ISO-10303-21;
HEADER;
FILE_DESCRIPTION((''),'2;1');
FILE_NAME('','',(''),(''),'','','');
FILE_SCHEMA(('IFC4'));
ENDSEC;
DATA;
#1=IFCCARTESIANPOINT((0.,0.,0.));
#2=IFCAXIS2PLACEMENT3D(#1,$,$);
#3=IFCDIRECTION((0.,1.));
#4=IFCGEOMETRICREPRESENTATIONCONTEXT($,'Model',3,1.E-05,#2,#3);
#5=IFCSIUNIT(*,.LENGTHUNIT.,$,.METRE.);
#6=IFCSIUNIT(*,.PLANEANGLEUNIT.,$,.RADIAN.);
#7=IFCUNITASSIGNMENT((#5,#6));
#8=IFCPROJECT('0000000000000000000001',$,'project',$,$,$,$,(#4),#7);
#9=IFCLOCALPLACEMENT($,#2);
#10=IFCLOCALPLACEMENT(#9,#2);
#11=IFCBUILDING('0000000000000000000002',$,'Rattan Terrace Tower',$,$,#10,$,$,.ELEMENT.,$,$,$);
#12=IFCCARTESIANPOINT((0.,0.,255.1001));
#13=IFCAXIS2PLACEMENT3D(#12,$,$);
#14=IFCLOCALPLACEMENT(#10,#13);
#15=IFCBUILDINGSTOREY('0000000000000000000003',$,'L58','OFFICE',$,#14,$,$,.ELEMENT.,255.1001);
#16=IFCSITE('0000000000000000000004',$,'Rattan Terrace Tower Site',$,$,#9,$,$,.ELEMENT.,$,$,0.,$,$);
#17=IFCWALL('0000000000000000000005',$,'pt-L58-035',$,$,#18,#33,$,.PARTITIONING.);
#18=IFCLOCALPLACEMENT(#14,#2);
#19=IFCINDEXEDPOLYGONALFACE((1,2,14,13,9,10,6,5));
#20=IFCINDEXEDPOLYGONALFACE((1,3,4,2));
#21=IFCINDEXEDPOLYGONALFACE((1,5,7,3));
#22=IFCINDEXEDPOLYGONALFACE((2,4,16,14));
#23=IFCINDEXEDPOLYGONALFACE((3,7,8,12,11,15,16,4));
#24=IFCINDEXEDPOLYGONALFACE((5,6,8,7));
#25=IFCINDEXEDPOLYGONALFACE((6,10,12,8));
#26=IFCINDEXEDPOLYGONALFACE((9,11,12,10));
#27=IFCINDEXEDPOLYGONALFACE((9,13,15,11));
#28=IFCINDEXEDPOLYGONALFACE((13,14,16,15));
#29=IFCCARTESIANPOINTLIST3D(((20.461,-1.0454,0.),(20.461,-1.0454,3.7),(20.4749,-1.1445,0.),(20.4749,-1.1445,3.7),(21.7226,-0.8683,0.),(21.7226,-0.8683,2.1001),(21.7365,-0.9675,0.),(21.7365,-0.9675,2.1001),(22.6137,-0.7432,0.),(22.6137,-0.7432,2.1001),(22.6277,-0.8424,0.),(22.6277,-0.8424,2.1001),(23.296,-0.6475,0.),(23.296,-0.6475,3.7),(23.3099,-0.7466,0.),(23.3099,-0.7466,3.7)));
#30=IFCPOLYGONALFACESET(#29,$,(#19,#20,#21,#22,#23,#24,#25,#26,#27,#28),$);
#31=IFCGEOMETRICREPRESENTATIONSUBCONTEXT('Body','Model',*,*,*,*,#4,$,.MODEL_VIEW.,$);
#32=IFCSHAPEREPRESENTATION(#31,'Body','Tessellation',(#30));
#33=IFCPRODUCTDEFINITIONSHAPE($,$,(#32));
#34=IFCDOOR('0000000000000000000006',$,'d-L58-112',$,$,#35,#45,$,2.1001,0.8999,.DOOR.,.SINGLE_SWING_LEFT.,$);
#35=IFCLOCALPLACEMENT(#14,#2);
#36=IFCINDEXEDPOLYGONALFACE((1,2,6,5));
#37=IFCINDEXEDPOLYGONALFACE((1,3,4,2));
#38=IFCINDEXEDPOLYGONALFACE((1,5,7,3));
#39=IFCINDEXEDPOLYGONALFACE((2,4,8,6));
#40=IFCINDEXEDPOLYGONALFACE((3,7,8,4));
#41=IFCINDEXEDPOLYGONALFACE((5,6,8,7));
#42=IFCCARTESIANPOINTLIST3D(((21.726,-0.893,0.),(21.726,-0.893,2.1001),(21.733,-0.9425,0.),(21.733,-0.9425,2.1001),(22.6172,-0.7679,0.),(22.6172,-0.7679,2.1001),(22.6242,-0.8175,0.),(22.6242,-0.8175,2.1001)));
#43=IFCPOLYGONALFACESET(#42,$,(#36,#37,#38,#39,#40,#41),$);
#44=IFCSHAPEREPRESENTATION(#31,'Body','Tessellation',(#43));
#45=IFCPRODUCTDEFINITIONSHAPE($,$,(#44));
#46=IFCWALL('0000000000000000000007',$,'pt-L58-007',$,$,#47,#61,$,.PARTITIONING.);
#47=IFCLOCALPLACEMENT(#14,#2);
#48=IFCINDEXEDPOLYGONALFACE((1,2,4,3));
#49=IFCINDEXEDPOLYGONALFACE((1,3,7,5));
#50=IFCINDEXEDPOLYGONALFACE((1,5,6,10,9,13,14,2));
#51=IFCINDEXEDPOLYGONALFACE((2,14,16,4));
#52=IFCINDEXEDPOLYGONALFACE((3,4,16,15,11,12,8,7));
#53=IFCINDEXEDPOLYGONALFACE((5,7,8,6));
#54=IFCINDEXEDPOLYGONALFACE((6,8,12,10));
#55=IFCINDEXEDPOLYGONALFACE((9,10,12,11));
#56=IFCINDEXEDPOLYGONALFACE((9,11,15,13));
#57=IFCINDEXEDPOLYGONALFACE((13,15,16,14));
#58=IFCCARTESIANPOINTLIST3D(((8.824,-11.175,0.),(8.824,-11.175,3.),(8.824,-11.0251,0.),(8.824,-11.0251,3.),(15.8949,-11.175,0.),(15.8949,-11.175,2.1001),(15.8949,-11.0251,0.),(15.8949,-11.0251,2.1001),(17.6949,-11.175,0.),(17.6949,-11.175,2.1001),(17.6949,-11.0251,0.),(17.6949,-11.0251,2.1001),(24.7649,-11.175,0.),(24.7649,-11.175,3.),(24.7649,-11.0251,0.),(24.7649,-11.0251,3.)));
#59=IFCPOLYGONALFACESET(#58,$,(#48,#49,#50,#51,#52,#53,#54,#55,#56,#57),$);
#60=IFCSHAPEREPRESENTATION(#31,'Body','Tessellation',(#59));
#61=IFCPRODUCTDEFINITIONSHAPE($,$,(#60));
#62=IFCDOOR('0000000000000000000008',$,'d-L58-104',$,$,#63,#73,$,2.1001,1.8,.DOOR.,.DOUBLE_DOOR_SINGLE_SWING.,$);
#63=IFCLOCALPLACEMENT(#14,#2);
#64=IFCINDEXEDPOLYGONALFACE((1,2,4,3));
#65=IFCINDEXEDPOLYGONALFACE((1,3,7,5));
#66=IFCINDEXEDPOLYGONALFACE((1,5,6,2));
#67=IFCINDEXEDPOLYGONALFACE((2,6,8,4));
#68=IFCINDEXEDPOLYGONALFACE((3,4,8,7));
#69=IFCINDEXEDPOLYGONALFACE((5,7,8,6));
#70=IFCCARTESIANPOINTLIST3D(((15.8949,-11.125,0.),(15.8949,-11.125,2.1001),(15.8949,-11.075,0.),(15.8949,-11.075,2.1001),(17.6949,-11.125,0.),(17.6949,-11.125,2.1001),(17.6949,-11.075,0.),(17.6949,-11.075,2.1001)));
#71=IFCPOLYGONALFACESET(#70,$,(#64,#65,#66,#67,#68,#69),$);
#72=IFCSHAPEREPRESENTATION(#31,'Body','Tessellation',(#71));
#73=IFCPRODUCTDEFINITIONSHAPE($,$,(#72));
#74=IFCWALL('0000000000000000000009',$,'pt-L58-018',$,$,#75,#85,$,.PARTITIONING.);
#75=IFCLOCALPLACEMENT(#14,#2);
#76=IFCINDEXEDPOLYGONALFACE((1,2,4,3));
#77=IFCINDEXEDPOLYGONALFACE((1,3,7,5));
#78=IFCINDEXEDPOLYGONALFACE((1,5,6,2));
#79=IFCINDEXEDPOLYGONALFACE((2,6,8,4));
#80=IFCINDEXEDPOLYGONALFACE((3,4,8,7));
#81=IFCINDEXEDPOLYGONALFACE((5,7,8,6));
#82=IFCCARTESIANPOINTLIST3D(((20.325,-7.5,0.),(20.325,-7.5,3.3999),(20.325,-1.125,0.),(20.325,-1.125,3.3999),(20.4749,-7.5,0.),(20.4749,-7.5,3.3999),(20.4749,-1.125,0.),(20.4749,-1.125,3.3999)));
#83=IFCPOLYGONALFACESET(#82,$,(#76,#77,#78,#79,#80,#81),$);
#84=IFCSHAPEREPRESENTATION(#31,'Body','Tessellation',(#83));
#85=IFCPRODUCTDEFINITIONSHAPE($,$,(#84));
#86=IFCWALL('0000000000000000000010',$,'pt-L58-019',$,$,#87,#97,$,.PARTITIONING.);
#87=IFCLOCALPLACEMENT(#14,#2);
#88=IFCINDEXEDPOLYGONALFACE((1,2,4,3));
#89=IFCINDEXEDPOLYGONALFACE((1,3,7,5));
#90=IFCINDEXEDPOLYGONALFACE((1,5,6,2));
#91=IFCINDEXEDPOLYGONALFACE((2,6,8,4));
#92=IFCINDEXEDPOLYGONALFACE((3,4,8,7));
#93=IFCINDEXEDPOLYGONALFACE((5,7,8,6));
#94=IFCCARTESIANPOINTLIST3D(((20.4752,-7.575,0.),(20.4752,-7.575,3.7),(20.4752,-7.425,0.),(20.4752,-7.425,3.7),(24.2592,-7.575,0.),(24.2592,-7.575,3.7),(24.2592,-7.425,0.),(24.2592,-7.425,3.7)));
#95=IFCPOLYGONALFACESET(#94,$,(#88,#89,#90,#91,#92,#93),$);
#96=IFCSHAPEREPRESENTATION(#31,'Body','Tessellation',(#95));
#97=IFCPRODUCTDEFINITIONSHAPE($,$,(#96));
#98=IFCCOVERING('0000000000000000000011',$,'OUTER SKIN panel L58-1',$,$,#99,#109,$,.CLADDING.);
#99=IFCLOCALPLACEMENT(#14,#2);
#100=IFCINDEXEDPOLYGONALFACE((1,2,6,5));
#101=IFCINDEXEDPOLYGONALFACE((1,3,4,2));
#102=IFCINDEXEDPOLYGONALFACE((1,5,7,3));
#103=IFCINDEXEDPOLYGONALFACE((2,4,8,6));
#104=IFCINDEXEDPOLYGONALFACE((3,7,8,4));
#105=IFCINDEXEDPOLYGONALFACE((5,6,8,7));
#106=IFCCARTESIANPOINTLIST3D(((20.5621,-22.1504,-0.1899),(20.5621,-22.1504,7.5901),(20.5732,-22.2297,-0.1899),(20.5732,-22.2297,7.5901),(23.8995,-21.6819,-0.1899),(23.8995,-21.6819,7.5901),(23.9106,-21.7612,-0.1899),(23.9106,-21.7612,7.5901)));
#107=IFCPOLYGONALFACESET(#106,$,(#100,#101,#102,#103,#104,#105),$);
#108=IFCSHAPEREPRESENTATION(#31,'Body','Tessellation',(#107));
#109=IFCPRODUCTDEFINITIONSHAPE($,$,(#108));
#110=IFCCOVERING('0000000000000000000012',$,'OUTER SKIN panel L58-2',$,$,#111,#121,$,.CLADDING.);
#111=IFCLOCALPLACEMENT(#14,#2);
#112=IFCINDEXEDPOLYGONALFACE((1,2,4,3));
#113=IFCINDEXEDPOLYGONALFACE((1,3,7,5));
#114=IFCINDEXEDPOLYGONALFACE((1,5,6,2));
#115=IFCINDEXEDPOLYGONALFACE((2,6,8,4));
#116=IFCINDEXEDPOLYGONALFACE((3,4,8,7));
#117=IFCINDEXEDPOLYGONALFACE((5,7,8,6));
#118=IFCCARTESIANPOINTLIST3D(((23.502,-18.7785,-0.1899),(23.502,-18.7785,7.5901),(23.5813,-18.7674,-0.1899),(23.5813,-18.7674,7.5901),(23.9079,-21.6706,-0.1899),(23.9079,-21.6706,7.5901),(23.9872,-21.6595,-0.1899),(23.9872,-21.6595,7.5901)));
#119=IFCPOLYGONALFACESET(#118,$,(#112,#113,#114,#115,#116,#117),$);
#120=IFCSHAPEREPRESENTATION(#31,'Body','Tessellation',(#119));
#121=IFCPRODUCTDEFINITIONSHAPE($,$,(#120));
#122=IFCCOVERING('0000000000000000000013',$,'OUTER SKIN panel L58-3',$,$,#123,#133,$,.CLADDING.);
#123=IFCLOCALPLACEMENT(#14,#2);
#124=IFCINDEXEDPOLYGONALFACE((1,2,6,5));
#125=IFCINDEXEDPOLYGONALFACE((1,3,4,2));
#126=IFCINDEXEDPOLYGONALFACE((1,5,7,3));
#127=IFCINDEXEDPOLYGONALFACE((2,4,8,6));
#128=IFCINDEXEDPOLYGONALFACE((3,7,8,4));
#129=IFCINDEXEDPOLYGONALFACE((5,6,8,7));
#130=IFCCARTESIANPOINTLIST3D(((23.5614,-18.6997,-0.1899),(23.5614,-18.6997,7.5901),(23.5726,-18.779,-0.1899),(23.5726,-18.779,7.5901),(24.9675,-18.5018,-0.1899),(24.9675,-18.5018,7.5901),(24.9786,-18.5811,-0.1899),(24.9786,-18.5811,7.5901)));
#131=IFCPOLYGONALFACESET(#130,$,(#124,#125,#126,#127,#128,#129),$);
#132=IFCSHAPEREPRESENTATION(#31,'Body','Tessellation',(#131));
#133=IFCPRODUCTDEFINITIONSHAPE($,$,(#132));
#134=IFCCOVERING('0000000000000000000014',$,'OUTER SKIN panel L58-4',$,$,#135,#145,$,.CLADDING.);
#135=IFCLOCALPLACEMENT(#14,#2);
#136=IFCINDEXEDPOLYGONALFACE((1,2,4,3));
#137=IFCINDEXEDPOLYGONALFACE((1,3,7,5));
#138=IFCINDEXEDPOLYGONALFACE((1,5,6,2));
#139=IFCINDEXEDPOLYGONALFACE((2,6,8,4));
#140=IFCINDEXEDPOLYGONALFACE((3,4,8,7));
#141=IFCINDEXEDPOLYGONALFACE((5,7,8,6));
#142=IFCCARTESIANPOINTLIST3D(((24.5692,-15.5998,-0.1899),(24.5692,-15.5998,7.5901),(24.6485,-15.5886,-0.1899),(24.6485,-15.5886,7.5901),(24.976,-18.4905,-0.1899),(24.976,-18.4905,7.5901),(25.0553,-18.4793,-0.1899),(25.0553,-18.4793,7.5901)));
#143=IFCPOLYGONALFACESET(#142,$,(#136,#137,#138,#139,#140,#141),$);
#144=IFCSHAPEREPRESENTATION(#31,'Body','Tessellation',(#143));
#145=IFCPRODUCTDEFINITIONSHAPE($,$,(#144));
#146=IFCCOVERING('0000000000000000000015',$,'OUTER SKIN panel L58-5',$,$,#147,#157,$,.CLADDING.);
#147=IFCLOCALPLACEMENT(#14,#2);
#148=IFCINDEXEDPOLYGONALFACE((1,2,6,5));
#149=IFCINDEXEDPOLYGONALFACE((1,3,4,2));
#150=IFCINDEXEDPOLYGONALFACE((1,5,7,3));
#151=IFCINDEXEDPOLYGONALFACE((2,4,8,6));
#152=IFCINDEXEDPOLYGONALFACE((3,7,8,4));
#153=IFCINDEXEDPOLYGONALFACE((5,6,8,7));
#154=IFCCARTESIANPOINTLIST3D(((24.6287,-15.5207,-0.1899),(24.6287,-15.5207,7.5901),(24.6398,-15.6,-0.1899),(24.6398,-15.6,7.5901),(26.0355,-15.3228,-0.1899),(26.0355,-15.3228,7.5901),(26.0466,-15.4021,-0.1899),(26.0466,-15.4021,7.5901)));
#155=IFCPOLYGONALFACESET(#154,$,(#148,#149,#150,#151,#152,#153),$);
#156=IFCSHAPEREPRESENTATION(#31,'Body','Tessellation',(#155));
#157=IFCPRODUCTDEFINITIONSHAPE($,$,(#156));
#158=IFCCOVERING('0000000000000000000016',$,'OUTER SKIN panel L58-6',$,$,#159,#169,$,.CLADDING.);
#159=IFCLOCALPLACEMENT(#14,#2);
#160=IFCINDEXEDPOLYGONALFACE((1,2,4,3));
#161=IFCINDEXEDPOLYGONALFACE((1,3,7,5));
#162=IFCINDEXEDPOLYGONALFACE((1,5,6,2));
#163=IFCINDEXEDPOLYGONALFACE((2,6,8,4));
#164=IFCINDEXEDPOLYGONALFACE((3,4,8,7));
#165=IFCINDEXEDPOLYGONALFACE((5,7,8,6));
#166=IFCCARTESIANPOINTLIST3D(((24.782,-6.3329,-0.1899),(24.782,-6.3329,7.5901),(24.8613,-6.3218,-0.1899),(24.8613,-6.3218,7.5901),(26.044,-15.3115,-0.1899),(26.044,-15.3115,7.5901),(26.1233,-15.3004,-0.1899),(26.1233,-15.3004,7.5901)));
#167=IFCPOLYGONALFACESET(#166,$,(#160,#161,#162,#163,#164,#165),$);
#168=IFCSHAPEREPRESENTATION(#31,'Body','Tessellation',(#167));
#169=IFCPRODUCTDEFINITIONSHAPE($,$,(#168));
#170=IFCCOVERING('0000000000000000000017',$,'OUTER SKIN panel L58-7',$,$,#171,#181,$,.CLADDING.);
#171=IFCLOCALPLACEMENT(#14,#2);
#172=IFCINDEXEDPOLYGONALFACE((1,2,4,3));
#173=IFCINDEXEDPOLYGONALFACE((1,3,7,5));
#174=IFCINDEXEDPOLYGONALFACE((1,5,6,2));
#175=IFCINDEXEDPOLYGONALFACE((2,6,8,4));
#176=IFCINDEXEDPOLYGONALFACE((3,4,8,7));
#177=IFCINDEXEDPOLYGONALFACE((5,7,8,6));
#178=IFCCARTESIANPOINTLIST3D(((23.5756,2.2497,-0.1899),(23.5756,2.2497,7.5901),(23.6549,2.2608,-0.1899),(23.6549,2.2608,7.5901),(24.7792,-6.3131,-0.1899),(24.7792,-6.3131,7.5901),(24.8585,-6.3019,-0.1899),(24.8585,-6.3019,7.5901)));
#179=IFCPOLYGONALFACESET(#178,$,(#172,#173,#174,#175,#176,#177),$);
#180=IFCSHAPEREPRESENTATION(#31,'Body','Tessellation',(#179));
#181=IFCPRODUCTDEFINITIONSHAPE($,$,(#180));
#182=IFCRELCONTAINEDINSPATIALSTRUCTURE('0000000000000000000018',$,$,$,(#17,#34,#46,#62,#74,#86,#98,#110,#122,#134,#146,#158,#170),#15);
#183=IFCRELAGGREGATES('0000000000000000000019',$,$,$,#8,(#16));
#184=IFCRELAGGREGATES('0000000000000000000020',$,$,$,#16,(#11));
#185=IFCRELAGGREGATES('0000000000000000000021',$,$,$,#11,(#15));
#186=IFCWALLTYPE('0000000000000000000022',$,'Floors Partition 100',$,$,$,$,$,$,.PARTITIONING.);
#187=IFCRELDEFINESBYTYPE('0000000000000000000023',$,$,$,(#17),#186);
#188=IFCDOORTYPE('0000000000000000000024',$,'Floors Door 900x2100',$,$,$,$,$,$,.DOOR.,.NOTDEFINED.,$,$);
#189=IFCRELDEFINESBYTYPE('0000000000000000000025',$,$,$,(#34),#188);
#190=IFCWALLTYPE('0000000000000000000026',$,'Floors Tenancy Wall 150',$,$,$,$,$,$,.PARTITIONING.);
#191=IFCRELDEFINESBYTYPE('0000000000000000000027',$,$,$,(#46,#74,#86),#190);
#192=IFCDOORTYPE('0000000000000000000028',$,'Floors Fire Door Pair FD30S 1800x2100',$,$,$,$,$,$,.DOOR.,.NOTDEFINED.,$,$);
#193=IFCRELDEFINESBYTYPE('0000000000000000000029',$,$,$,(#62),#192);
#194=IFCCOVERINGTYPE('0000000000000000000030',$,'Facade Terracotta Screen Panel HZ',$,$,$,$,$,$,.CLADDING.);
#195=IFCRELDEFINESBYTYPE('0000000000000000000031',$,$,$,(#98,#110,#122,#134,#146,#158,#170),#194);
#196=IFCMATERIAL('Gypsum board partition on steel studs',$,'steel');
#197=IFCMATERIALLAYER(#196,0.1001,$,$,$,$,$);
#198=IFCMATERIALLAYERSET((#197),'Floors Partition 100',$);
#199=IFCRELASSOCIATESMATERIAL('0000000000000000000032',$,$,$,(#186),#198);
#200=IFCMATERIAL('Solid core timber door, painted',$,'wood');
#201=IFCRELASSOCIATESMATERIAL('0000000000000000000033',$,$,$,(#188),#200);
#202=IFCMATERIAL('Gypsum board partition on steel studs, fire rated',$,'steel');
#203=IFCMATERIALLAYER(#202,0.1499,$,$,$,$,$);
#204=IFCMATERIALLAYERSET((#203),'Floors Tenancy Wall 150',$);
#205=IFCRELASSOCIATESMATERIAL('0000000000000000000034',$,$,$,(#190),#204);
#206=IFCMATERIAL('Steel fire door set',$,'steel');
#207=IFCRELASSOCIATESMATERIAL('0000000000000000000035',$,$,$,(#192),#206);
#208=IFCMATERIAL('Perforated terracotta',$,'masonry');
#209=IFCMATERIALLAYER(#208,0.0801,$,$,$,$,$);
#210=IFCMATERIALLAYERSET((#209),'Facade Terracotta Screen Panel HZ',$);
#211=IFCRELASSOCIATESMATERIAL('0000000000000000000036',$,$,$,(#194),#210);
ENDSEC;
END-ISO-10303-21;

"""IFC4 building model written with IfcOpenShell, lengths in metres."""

from ifc_helpers import new_model, si_unit, direction, frame, frame_2d, origin, origin_2d, place, context, subcontext, project, spatial, rectangle, extrude, material, layer, layer_set, type_object, element, fill, save


model = new_model("IFC4")

# Units and contexts
model_context = context("Model", 3, precision=1e-05, world=origin(), true_north=direction((0.0, 1.0)))
body_context = subcontext(model_context, "Body", "Model", "MODEL_VIEW")
ifc_project = project(units=[si_unit("LENGTHUNIT", "METRE"), si_unit("PLANEANGLEUNIT", "RADIAN")], contexts=[model_context])

# Site, building, storey
site_placement = place(None, origin())
site = spatial("IfcSite", under=ifc_project, at=site_placement, Name="Rattan Terrace Tower Site", CompositionType="ELEMENT", RefElevation=0.0)
building_placement = place(site_placement, origin())
building = spatial("IfcBuilding", under=site, at=building_placement, Name="Rattan Terrace Tower", CompositionType="ELEMENT")
storey_placement = place(building_placement, frame((0.0, 0.0, 255.1001)))
storey = spatial("IfcBuildingStorey", under=building, at=storey_placement, Name="L58", Description="OFFICE", CompositionType="ELEMENT", Elevation=255.1001)

# Walls, openings, doors
ifc_material_1 = material(Name="Gypsum board partition on steel studs", Category="steel")
ifc_layer_1 = layer(ifc_material_1, 0.1001)
ifc_layer_set_1 = layer_set([ifc_layer_1], Name="Floors Partition 100")
wall_type_1 = type_object("IfcWallType", Name="Floors Partition 100", PredefinedType="PARTITIONING", material=ifc_layer_set_1)
wall_1_placement = place(storey_placement, frame((23.303, -0.697, 0.0), z_axis=(0.0, 0.0, 1.0), x_axis=(-0.990291, -0.139009, 0.0)))
wall_1 = element("IfcWall", 1, at=wall_1_placement, inside=storey, type_object=wall_type_1, Name="pt-L58-035", PredefinedType="PARTITIONING", context=body_context, shape_type="SweptSolid", body=[
    extrude(rectangle(XDim=2.8628, YDim=0.1001, at=frame_2d((1.4314, 0.0))), origin(), (0.0, 0.0, 1.0), 3.7),
])
opening_1_placement = place(wall_1_placement, frame((0.689, 0.0, 0.0)))
opening_1 = element("IfcOpeningElement", 2, at=opening_1_placement, cuts=wall_1, PredefinedType="OPENING", context=body_context, shape_type="SweptSolid", body=[
    extrude(rectangle(XDim=0.8999, YDim=2.1001, at=frame_2d((0.45, 1.05))), frame((0.0, 0.0605, 0.0), z_axis=(0.0, -1.0, 0.0), x_axis=(1.0, 0.0, 0.0)), (0.0, 0.0, 1.0), 0.1211),
])
ifc_material_2 = material(Name="Solid core timber door, painted", Category="wood")
door_type_1 = type_object("IfcDoorType", Name="Floors Door 900x2100", OperationType="NOTDEFINED", PredefinedType="DOOR", material=ifc_material_2)
door_1_placement = place(opening_1_placement, origin())
door_1 = element("IfcDoor", 3, at=door_1_placement, inside=storey, type_object=door_type_1, Name="d-L58-112", OperationType="SINGLE_SWING_LEFT", OverallHeight=2.1001, OverallWidth=0.8999, PredefinedType="DOOR", context=body_context, shape_type="SweptSolid", body=[
    extrude(rectangle(XDim=0.8999, YDim=2.1001, at=frame_2d((0.45, 1.05))), frame((0.0, 0.0249, 0.0), z_axis=(0.0, -1.0, 0.0), x_axis=(1.0, 0.0, 0.0)), (0.0, 0.0, 1.0), 0.05),
])
fill(opening_1, door_1)
ifc_material_3 = material(Name="Gypsum board partition on steel studs, fire rated", Category="steel")
ifc_layer_2 = layer(ifc_material_3, 0.1499)
ifc_layer_set_2 = layer_set([ifc_layer_2], Name="Floors Tenancy Wall 150")
wall_type_2 = type_object("IfcWallType", Name="Floors Tenancy Wall 150", PredefinedType="PARTITIONING", material=ifc_layer_set_2)
wall_2_placement = place(storey_placement, frame((24.7649, -11.1001, 0.0), z_axis=(0.0, 0.0, 1.0), x_axis=(-1.0, 0.0, 0.0)))
wall_2 = element("IfcWall", 4, at=wall_2_placement, inside=storey, type_object=wall_type_2, Name="pt-L58-007", PredefinedType="PARTITIONING", context=body_context, shape_type="SweptSolid", body=[
    extrude(rectangle(XDim=15.9409, YDim=0.1499, at=frame_2d((7.9705, 0.0))), origin(), (0.0, 0.0, 1.0), 3.0),
])
opening_2_placement = place(wall_2_placement, frame((7.0701, 0.0, 0.0)))
opening_2 = element("IfcOpeningElement", 5, at=opening_2_placement, cuts=wall_2, PredefinedType="OPENING", context=body_context, shape_type="SweptSolid", body=[
    extrude(rectangle(XDim=1.8, YDim=2.1001, at=frame_2d((0.8999, 1.05))), frame((0.0, 0.0854, 0.0), z_axis=(0.0, -1.0, 0.0), x_axis=(1.0, 0.0, 0.0)), (0.0, 0.0, 1.0), 0.1709),
])
ifc_material_4 = material(Name="Steel fire door set", Category="steel")
door_type_2 = type_object("IfcDoorType", Name="Floors Fire Door Pair FD30S 1800x2100", OperationType="NOTDEFINED", PredefinedType="DOOR", material=ifc_material_4)
door_2_placement = place(opening_2_placement, origin())
door_2 = element("IfcDoor", 6, at=door_2_placement, inside=storey, type_object=door_type_2, Name="d-L58-104", OperationType="DOUBLE_DOOR_SINGLE_SWING", OverallHeight=2.1001, OverallWidth=1.8, PredefinedType="DOOR", context=body_context, shape_type="SweptSolid", body=[
    extrude(rectangle(XDim=1.8, YDim=2.1001, at=frame_2d((0.8999, 1.05))), frame((0.0, 0.0249, 0.0), z_axis=(0.0, -1.0, 0.0), x_axis=(1.0, 0.0, 0.0)), (0.0, 0.0, 1.0), 0.05),
])
fill(opening_2, door_2)

# Walls
wall_3_placement = place(storey_placement, frame((20.3999, -1.125, 0.0), z_axis=(0.0, 0.0, 1.0), x_axis=(0.0, -1.0, 0.0)))
element("IfcWall", 7, at=wall_3_placement, inside=storey, type_object=wall_type_2, Name="pt-L58-018", PredefinedType="PARTITIONING", context=body_context, shape_type="SweptSolid", body=[
    extrude(rectangle(XDim=6.375, YDim=0.1499, at=frame_2d((3.1875, 0.0))), origin(), (0.0, 0.0, 1.0), 3.3999),
])
wall_4_placement = place(storey_placement, frame((20.4751, -7.5, 0.0), z_axis=(0.0, 0.0, 1.0), x_axis=(1.0, 0.0, 0.0)))
element("IfcWall", 8, at=wall_4_placement, inside=storey, type_object=wall_type_2, Name="pt-L58-019", PredefinedType="PARTITIONING", context=body_context, shape_type="SweptSolid", body=[
    extrude(rectangle(XDim=3.7839, YDim=0.1499, at=frame_2d((1.8921, 0.0))), origin(), (0.0, 0.0, 1.0), 3.7),
])

# Coverings
ifc_material_5 = material(Name="Perforated terracotta", Category="masonry")
ifc_layer_3 = layer(ifc_material_5, 0.0801)
ifc_layer_set_3 = layer_set([ifc_layer_3], Name="Facade Terracotta Screen Panel HZ")
covering_type = type_object("IfcCoveringType", Name="Facade Terracotta Screen Panel HZ", PredefinedType="CLADDING", material=ifc_layer_set_3)
covering_1_placement = place(storey_placement, frame((22.2363, -21.9558, -0.1899), z_axis=(0.0, 0.0, 1.0), x_axis=(0.990293, 0.138994, 0.0)))
element("IfcCovering", 9, at=covering_1_placement, inside=storey, type_object=covering_type, Name="OUTER SKIN panel L58-1", PredefinedType="CLADDING", context=body_context, shape_type="SweptSolid", body=[
    extrude(rectangle(XDim=3.3701, YDim=0.0801, at=origin_2d()), origin(), (0.0, 0.0, 1.0), 7.78),
])
covering_2_placement = place(storey_placement, frame((23.7446, -20.219, -0.1899), z_axis=(0.0, 0.0, 1.0), x_axis=(-0.138994, 0.990293, 0.0)))
element("IfcCovering", 10, at=covering_2_placement, inside=storey, type_object=covering_type, Name="OUTER SKIN panel L58-2", PredefinedType="CLADDING", context=body_context, shape_type="SweptSolid", body=[
    extrude(rectangle(XDim=2.9204, YDim=0.0801, at=origin_2d()), origin(), (0.0, 0.0, 1.0), 7.78),
])
covering_3_placement = place(storey_placement, frame((24.27, -18.6404, -0.1899), z_axis=(0.0, 0.0, 1.0), x_axis=(0.990241, 0.139367, 0.0)))
element("IfcCovering", 11, at=covering_3_placement, inside=storey, type_object=covering_type, Name="OUTER SKIN panel L58-3", PredefinedType="CLADDING", context=body_context, shape_type="SweptSolid", body=[
    extrude(rectangle(XDim=1.4199, YDim=0.0801, at=origin_2d()), origin(), (0.0, 0.0, 1.0), 7.78),
])
covering_4_placement = place(storey_placement, frame((24.8123, -17.0396, -0.1899), z_axis=(0.0, 0.0, 1.0), x_axis=(-0.139367, 0.990241, 0.0)))
element("IfcCovering", 12, at=covering_4_placement, inside=storey, type_object=covering_type, Name="OUTER SKIN panel L58-4", PredefinedType="CLADDING", context=body_context, shape_type="SweptSolid", body=[
    extrude(rectangle(XDim=2.9192, YDim=0.0801, at=origin_2d()), origin(), (0.0, 0.0, 1.0), 7.78),
])
covering_5_placement = place(storey_placement, frame((25.3376, -15.4614, -0.1899), z_axis=(0.0, 0.0, 1.0), x_axis=(0.990254, 0.139275, 0.0)))
element("IfcCovering", 13, at=covering_5_placement, inside=storey, type_object=covering_type, Name="OUTER SKIN panel L58-5", PredefinedType="CLADDING", context=body_context, shape_type="SweptSolid", body=[
    extrude(rectangle(XDim=1.4207, YDim=0.0801, at=origin_2d()), origin(), (0.0, 0.0, 1.0), 7.78),
])
covering_6_placement = place(storey_placement, frame((25.4526, -10.8167, -0.1899), z_axis=(0.0, 0.0, 1.0), x_axis=(-0.139192, 0.990265, 0.0)))
element("IfcCovering", 14, at=covering_6_placement, inside=storey, type_object=covering_type, Name="OUTER SKIN panel L58-6", PredefinedType="CLADDING", context=body_context, shape_type="SweptSolid", body=[
    extrude(rectangle(XDim=9.0669, YDim=0.0801, at=origin_2d()), origin(), (0.0, 0.0, 1.0), 7.78),
])
covering_7_placement = place(storey_placement, frame((24.217, -2.0261, -0.1899), z_axis=(0.0, 0.0, 1.0), x_axis=(-0.139192, 0.990265, 0.0)))
element("IfcCovering", 15, at=covering_7_placement, inside=storey, type_object=covering_type, Name="OUTER SKIN panel L58-7", PredefinedType="CLADDING", context=body_context, shape_type="SweptSolid", body=[
    extrude(rectangle(XDim=8.647, YDim=0.0801, at=origin_2d()), origin(), (0.0, 0.0, 1.0), 7.78),
])

save(model, "model.ifc")
